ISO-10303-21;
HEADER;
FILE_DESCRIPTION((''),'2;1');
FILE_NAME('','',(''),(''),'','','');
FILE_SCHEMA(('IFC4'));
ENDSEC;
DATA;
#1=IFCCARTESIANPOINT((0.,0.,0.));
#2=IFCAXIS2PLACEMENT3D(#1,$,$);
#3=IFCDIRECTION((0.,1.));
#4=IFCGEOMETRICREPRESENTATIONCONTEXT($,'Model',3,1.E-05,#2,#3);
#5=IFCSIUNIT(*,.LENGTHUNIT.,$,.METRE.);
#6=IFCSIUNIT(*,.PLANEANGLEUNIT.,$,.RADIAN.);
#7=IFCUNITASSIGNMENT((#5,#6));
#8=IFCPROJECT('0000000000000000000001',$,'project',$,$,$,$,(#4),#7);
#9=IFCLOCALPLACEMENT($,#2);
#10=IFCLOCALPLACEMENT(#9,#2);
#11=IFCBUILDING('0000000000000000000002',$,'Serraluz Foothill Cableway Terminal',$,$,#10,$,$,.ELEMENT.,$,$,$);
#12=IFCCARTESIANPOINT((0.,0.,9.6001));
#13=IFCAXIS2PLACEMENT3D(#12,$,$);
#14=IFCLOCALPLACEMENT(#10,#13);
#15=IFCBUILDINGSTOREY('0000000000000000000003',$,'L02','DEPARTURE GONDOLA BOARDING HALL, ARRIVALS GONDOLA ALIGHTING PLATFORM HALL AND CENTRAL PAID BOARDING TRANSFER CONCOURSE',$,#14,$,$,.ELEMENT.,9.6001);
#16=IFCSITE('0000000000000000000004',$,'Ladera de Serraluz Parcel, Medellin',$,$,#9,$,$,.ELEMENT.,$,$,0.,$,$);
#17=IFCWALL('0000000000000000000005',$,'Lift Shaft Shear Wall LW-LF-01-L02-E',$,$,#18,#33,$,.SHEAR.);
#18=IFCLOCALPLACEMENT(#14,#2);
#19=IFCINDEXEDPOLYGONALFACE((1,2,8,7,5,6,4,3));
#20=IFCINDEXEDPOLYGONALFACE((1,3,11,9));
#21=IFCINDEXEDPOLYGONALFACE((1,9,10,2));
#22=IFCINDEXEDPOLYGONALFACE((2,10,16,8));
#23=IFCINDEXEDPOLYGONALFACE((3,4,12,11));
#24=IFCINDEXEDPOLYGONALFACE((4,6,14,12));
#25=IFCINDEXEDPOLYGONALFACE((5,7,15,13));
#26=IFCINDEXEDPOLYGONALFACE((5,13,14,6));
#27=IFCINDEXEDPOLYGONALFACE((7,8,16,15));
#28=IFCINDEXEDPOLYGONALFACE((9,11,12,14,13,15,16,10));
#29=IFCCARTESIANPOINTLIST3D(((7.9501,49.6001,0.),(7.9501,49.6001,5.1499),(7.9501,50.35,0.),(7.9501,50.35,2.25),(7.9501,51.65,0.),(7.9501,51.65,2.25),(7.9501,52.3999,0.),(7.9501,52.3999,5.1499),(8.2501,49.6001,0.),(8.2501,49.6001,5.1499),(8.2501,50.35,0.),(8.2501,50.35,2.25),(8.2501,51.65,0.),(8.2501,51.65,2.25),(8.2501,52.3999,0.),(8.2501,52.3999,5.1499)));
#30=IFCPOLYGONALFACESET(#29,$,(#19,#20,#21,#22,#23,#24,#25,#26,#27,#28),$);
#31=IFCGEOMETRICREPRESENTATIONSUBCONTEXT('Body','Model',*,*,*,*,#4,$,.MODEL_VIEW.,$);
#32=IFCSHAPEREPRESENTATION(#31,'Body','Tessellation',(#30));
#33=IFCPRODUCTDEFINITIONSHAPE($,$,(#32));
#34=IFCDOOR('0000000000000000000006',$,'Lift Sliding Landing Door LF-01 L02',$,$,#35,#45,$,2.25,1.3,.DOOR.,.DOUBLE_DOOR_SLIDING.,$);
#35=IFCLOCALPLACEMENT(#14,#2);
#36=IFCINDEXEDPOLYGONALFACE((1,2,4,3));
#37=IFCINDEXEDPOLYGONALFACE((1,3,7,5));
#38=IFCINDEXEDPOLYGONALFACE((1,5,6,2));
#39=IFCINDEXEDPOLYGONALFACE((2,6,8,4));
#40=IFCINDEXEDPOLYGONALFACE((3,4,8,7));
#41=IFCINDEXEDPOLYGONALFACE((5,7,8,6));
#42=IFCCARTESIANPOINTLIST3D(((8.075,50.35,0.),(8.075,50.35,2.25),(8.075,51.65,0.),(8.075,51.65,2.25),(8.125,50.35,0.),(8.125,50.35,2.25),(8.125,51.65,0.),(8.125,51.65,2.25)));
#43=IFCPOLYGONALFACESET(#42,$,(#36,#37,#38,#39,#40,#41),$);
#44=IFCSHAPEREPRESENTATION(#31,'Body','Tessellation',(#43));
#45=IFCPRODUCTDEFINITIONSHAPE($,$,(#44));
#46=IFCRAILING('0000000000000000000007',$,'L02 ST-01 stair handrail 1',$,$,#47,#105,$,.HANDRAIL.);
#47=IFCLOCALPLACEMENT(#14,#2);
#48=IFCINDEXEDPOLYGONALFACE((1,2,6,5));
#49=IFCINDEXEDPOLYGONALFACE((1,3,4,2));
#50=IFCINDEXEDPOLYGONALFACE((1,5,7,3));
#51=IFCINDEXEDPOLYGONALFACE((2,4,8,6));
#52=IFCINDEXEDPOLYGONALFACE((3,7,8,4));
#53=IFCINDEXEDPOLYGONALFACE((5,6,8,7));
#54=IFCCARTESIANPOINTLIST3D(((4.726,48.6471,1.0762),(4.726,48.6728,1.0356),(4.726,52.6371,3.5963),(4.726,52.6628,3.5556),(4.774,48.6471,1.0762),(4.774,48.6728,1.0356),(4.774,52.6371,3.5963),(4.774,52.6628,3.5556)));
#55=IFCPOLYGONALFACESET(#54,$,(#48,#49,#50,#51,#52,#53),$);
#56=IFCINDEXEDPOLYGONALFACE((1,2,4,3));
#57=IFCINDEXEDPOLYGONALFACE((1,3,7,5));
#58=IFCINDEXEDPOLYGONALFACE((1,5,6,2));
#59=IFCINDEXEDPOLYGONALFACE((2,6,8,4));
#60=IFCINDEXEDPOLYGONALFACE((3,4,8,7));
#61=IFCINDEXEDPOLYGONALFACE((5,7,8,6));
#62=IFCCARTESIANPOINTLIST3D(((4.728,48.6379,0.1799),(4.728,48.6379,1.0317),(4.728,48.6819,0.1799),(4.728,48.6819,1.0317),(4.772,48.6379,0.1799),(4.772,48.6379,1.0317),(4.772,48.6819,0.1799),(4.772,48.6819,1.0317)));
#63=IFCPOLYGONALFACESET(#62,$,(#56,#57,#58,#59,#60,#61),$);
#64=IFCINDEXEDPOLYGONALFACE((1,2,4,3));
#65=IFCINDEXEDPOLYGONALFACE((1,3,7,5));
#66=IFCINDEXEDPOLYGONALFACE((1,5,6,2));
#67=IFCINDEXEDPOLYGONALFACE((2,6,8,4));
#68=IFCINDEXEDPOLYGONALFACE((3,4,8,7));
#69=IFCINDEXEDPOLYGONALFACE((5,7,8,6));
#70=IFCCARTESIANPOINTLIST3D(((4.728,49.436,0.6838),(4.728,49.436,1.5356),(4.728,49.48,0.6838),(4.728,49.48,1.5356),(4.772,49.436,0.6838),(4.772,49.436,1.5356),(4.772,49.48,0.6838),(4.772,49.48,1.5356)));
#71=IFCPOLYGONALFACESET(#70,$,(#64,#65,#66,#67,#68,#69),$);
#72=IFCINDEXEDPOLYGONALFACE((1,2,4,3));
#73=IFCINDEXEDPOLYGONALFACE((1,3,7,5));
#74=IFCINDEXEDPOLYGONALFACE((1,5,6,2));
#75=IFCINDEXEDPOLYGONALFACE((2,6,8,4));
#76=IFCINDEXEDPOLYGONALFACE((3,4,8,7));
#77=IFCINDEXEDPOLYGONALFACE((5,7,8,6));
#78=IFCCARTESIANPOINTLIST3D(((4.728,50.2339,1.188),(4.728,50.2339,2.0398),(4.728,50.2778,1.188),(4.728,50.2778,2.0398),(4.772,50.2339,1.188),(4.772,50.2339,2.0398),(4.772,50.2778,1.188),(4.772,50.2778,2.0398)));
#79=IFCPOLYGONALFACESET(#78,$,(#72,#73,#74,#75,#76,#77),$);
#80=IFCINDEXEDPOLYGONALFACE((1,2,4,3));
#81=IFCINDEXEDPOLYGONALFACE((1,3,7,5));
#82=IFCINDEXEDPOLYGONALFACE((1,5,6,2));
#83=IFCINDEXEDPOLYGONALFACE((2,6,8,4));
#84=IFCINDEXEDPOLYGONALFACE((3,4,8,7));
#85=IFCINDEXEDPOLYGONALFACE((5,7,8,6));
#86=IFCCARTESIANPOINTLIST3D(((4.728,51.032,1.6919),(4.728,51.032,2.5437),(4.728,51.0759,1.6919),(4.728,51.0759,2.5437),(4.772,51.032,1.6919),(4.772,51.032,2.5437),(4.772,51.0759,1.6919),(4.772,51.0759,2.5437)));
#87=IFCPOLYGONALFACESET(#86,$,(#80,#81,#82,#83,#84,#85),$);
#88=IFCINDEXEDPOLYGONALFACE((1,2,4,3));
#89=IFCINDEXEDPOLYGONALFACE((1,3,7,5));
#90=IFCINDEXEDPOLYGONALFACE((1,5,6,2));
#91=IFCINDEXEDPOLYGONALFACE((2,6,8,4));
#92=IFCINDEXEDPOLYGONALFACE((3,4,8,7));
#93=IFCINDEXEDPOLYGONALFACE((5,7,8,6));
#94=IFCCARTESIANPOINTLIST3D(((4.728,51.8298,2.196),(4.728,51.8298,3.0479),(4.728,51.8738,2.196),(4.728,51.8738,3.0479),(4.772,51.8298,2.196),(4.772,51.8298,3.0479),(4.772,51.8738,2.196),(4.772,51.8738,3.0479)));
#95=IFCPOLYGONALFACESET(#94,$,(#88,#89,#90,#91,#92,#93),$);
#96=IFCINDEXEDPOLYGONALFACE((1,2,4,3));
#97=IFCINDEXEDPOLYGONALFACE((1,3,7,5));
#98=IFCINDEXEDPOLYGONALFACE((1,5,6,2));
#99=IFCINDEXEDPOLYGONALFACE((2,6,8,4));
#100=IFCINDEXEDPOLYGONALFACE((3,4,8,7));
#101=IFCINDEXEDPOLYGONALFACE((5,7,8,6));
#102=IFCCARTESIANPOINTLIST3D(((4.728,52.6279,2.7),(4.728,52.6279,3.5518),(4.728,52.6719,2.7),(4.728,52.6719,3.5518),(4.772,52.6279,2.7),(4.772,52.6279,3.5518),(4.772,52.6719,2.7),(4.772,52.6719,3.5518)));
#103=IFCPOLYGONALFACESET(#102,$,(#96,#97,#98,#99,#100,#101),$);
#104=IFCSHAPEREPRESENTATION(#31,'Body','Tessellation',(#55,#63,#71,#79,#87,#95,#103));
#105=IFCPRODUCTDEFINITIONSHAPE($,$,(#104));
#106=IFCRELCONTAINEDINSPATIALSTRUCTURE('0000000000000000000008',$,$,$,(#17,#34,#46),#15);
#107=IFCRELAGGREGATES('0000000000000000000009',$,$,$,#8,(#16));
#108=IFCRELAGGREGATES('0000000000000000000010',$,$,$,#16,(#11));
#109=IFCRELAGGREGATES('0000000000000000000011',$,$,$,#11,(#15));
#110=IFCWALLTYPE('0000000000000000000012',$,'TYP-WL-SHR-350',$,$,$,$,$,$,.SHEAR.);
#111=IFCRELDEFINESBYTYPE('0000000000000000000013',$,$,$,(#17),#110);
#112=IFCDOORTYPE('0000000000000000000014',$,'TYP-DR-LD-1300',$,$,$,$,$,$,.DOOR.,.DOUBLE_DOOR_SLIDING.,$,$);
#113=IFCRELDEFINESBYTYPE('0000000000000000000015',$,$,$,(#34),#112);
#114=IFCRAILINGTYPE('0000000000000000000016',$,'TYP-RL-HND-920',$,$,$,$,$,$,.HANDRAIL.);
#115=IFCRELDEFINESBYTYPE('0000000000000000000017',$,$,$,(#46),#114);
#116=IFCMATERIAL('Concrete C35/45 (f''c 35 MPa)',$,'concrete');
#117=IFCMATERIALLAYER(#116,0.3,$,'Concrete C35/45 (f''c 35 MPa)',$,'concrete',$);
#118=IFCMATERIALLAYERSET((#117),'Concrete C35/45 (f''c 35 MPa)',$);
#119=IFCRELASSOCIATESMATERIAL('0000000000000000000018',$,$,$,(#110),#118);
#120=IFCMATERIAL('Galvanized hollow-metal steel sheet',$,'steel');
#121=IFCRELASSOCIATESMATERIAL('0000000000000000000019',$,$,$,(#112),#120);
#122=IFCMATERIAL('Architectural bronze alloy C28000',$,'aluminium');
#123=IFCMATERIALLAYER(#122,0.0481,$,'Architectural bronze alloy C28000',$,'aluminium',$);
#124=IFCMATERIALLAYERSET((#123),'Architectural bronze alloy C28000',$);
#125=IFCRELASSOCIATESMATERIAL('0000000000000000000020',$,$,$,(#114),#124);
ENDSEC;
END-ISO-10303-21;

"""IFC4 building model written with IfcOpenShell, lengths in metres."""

from ifc_helpers import new_model, si_unit, direction, frame, frame_2d, origin, origin_2d, place, context, subcontext, project, spatial, rectangle, extrude, material, layer, layer_set, type_object, element, fill, save


model = new_model("IFC4")

# Units and contexts
model_context = context("Model", 3, precision=1e-05, world=origin(), true_north=direction((0.0, 1.0)))
body_context = subcontext(model_context, "Body", "Model", "MODEL_VIEW")
ifc_project = project(units=[si_unit("LENGTHUNIT", "METRE"), si_unit("PLANEANGLEUNIT", "RADIAN")], contexts=[model_context])

# Site, building, storey
site_placement = place(None, origin())
site = spatial("IfcSite", under=ifc_project, at=site_placement, Name="Ladera de Serraluz Parcel, Medellin", CompositionType="ELEMENT", RefElevation=0.0)
building_placement = place(site_placement, origin())
building = spatial("IfcBuilding", under=site, at=building_placement, Name="Serraluz Foothill Cableway Terminal", CompositionType="ELEMENT")
storey_placement = place(building_placement, frame((0.0, 0.0, 9.6001)))
storey = spatial("IfcBuildingStorey", under=building, at=storey_placement, Name="L02", Description="DEPARTURE GONDOLA BOARDING HALL, ARRIVALS GONDOLA ALIGHTING PLATFORM HALL AND CENTRAL PAID BOARDING TRANSFER CONCOURSE", CompositionType="ELEMENT", Elevation=9.6001)

# Shared definitions
ifc_material_1 = material(Name="Concrete C35/45 (f'c 35 MPa)", Category="concrete")

# Shared definitions
ifc_material_2 = material(Name="Architectural bronze alloy C28000", Category="aluminium")

# Shared definitions
ifc_layer_1 = layer(ifc_material_1, 0.3, Name="Concrete C35/45 (f'c 35 MPa)", Category="concrete")
ifc_layer_set_1 = layer_set([ifc_layer_1], Name="Concrete C35/45 (f'c 35 MPa)")
wall_type = type_object("IfcWallType", Name="TYP-WL-SHR-350", PredefinedType="SHEAR", material=ifc_layer_set_1)
ifc_material_3 = material(Name="Galvanized hollow-metal steel sheet", Category="steel")

# Wall, opening, door
wall_1_placement = place(storey_placement, frame((8.1001, 52.3999, 0.0), z_axis=(0.0, 0.0, 1.0), x_axis=(0.0, -1.0, 0.0)))
wall_1 = element("IfcWall", 1, at=wall_1_placement, inside=storey, type_object=wall_type, Name="Lift Shaft Shear Wall LW-LF-01-L02-E", PredefinedType="SHEAR", context=body_context, shape_type="SweptSolid", body=[
    extrude(rectangle(XDim=2.7998, YDim=0.3, at=frame_2d((1.3999, 0.0))), origin(), (0.0, 0.0, 1.0), 5.1499),
])
opening_1_placement = place(wall_1_placement, frame((0.75, 0.0, 0.0)))
opening_1 = element("IfcOpeningElement", 2, at=opening_1_placement, cuts=wall_1, PredefinedType="OPENING", context=body_context, shape_type="SweptSolid", body=[
    extrude(rectangle(XDim=1.3, YDim=2.25, at=frame_2d((0.6499, 1.125))), frame((0.0, 0.1602, 0.0), z_axis=(0.0, -1.0, 0.0), x_axis=(1.0, 0.0, 0.0)), (0.0, 0.0, 1.0), 0.3201),
])
door_type_1 = type_object("IfcDoorType", Name="TYP-DR-LD-1300", OperationType="DOUBLE_DOOR_SLIDING", PredefinedType="DOOR", material=ifc_material_3)
door_1_placement = place(opening_1_placement, origin())
door_1 = element("IfcDoor", 3, at=door_1_placement, inside=storey, type_object=door_type_1, Name="Lift Sliding Landing Door LF-01 L02", OperationType="DOUBLE_DOOR_SLIDING", OverallHeight=2.25, OverallWidth=1.3, PredefinedType="DOOR", context=body_context, shape_type="SweptSolid", body=[
    extrude(rectangle(XDim=1.3, YDim=2.25, at=frame_2d((0.6499, 1.125))), frame((0.0, 0.0249, 0.0), z_axis=(0.0, -1.0, 0.0), x_axis=(1.0, 0.0, 0.0)), (0.0, 0.0, 1.0), 0.05),
])
fill(opening_1, door_1)

# Railing
ifc_layer_2 = layer(ifc_material_2, 0.0481, Name="Architectural bronze alloy C28000", Category="aluminium")
ifc_layer_set_2 = layer_set([ifc_layer_2], Name="Architectural bronze alloy C28000")
railing_type = type_object("IfcRailingType", Name="TYP-RL-HND-920", PredefinedType="HANDRAIL", material=ifc_layer_set_2)
railing_placement = place(storey_placement, frame((4.75, 48.6599, 0.1799)))
element("IfcRailing", 4, at=railing_placement, inside=storey, type_object=railing_type, Name="L02 ST-01 stair handrail 1", PredefinedType="HANDRAIL", context=body_context, shape_type="SweptSolid", body=[
    extrude(rectangle(XDim=0.0481, YDim=0.0481, at=origin_2d()), frame((0.0, 0.0, 0.876), z_axis=(0.0, 0.845486, 0.533997), x_axis=(-1.0, 0.0, 0.0)), (0.0, 0.0, 1.0), 4.7192),
    extrude(rectangle(XDim=0.0439, YDim=0.0439, at=origin_2d()), origin(), (0.0, 0.0, 1.0), 0.8518),
    extrude(rectangle(XDim=0.0439, YDim=0.0439, at=origin_2d()), frame((0.0, 0.7981, 0.5039)), (0.0, 0.0, 1.0), 0.8518),
    extrude(rectangle(XDim=0.0439, YDim=0.0439, at=origin_2d()), frame((0.0, 1.5959, 1.0081)), (0.0, 0.0, 1.0), 0.8518),
    extrude(rectangle(XDim=0.0439, YDim=0.0439, at=origin_2d()), frame((0.0, 2.394, 1.512)), (0.0, 0.0, 1.0), 0.8518),
    extrude(rectangle(XDim=0.0439, YDim=0.0439, at=origin_2d()), frame((0.0, 3.1919, 2.0161)), (0.0, 0.0, 1.0), 0.8518),
    extrude(rectangle(XDim=0.0439, YDim=0.0439, at=origin_2d()), frame((0.0, 3.99, 2.52)), (0.0, 0.0, 1.0), 0.8518),
])

save(model, "model.ifc")
